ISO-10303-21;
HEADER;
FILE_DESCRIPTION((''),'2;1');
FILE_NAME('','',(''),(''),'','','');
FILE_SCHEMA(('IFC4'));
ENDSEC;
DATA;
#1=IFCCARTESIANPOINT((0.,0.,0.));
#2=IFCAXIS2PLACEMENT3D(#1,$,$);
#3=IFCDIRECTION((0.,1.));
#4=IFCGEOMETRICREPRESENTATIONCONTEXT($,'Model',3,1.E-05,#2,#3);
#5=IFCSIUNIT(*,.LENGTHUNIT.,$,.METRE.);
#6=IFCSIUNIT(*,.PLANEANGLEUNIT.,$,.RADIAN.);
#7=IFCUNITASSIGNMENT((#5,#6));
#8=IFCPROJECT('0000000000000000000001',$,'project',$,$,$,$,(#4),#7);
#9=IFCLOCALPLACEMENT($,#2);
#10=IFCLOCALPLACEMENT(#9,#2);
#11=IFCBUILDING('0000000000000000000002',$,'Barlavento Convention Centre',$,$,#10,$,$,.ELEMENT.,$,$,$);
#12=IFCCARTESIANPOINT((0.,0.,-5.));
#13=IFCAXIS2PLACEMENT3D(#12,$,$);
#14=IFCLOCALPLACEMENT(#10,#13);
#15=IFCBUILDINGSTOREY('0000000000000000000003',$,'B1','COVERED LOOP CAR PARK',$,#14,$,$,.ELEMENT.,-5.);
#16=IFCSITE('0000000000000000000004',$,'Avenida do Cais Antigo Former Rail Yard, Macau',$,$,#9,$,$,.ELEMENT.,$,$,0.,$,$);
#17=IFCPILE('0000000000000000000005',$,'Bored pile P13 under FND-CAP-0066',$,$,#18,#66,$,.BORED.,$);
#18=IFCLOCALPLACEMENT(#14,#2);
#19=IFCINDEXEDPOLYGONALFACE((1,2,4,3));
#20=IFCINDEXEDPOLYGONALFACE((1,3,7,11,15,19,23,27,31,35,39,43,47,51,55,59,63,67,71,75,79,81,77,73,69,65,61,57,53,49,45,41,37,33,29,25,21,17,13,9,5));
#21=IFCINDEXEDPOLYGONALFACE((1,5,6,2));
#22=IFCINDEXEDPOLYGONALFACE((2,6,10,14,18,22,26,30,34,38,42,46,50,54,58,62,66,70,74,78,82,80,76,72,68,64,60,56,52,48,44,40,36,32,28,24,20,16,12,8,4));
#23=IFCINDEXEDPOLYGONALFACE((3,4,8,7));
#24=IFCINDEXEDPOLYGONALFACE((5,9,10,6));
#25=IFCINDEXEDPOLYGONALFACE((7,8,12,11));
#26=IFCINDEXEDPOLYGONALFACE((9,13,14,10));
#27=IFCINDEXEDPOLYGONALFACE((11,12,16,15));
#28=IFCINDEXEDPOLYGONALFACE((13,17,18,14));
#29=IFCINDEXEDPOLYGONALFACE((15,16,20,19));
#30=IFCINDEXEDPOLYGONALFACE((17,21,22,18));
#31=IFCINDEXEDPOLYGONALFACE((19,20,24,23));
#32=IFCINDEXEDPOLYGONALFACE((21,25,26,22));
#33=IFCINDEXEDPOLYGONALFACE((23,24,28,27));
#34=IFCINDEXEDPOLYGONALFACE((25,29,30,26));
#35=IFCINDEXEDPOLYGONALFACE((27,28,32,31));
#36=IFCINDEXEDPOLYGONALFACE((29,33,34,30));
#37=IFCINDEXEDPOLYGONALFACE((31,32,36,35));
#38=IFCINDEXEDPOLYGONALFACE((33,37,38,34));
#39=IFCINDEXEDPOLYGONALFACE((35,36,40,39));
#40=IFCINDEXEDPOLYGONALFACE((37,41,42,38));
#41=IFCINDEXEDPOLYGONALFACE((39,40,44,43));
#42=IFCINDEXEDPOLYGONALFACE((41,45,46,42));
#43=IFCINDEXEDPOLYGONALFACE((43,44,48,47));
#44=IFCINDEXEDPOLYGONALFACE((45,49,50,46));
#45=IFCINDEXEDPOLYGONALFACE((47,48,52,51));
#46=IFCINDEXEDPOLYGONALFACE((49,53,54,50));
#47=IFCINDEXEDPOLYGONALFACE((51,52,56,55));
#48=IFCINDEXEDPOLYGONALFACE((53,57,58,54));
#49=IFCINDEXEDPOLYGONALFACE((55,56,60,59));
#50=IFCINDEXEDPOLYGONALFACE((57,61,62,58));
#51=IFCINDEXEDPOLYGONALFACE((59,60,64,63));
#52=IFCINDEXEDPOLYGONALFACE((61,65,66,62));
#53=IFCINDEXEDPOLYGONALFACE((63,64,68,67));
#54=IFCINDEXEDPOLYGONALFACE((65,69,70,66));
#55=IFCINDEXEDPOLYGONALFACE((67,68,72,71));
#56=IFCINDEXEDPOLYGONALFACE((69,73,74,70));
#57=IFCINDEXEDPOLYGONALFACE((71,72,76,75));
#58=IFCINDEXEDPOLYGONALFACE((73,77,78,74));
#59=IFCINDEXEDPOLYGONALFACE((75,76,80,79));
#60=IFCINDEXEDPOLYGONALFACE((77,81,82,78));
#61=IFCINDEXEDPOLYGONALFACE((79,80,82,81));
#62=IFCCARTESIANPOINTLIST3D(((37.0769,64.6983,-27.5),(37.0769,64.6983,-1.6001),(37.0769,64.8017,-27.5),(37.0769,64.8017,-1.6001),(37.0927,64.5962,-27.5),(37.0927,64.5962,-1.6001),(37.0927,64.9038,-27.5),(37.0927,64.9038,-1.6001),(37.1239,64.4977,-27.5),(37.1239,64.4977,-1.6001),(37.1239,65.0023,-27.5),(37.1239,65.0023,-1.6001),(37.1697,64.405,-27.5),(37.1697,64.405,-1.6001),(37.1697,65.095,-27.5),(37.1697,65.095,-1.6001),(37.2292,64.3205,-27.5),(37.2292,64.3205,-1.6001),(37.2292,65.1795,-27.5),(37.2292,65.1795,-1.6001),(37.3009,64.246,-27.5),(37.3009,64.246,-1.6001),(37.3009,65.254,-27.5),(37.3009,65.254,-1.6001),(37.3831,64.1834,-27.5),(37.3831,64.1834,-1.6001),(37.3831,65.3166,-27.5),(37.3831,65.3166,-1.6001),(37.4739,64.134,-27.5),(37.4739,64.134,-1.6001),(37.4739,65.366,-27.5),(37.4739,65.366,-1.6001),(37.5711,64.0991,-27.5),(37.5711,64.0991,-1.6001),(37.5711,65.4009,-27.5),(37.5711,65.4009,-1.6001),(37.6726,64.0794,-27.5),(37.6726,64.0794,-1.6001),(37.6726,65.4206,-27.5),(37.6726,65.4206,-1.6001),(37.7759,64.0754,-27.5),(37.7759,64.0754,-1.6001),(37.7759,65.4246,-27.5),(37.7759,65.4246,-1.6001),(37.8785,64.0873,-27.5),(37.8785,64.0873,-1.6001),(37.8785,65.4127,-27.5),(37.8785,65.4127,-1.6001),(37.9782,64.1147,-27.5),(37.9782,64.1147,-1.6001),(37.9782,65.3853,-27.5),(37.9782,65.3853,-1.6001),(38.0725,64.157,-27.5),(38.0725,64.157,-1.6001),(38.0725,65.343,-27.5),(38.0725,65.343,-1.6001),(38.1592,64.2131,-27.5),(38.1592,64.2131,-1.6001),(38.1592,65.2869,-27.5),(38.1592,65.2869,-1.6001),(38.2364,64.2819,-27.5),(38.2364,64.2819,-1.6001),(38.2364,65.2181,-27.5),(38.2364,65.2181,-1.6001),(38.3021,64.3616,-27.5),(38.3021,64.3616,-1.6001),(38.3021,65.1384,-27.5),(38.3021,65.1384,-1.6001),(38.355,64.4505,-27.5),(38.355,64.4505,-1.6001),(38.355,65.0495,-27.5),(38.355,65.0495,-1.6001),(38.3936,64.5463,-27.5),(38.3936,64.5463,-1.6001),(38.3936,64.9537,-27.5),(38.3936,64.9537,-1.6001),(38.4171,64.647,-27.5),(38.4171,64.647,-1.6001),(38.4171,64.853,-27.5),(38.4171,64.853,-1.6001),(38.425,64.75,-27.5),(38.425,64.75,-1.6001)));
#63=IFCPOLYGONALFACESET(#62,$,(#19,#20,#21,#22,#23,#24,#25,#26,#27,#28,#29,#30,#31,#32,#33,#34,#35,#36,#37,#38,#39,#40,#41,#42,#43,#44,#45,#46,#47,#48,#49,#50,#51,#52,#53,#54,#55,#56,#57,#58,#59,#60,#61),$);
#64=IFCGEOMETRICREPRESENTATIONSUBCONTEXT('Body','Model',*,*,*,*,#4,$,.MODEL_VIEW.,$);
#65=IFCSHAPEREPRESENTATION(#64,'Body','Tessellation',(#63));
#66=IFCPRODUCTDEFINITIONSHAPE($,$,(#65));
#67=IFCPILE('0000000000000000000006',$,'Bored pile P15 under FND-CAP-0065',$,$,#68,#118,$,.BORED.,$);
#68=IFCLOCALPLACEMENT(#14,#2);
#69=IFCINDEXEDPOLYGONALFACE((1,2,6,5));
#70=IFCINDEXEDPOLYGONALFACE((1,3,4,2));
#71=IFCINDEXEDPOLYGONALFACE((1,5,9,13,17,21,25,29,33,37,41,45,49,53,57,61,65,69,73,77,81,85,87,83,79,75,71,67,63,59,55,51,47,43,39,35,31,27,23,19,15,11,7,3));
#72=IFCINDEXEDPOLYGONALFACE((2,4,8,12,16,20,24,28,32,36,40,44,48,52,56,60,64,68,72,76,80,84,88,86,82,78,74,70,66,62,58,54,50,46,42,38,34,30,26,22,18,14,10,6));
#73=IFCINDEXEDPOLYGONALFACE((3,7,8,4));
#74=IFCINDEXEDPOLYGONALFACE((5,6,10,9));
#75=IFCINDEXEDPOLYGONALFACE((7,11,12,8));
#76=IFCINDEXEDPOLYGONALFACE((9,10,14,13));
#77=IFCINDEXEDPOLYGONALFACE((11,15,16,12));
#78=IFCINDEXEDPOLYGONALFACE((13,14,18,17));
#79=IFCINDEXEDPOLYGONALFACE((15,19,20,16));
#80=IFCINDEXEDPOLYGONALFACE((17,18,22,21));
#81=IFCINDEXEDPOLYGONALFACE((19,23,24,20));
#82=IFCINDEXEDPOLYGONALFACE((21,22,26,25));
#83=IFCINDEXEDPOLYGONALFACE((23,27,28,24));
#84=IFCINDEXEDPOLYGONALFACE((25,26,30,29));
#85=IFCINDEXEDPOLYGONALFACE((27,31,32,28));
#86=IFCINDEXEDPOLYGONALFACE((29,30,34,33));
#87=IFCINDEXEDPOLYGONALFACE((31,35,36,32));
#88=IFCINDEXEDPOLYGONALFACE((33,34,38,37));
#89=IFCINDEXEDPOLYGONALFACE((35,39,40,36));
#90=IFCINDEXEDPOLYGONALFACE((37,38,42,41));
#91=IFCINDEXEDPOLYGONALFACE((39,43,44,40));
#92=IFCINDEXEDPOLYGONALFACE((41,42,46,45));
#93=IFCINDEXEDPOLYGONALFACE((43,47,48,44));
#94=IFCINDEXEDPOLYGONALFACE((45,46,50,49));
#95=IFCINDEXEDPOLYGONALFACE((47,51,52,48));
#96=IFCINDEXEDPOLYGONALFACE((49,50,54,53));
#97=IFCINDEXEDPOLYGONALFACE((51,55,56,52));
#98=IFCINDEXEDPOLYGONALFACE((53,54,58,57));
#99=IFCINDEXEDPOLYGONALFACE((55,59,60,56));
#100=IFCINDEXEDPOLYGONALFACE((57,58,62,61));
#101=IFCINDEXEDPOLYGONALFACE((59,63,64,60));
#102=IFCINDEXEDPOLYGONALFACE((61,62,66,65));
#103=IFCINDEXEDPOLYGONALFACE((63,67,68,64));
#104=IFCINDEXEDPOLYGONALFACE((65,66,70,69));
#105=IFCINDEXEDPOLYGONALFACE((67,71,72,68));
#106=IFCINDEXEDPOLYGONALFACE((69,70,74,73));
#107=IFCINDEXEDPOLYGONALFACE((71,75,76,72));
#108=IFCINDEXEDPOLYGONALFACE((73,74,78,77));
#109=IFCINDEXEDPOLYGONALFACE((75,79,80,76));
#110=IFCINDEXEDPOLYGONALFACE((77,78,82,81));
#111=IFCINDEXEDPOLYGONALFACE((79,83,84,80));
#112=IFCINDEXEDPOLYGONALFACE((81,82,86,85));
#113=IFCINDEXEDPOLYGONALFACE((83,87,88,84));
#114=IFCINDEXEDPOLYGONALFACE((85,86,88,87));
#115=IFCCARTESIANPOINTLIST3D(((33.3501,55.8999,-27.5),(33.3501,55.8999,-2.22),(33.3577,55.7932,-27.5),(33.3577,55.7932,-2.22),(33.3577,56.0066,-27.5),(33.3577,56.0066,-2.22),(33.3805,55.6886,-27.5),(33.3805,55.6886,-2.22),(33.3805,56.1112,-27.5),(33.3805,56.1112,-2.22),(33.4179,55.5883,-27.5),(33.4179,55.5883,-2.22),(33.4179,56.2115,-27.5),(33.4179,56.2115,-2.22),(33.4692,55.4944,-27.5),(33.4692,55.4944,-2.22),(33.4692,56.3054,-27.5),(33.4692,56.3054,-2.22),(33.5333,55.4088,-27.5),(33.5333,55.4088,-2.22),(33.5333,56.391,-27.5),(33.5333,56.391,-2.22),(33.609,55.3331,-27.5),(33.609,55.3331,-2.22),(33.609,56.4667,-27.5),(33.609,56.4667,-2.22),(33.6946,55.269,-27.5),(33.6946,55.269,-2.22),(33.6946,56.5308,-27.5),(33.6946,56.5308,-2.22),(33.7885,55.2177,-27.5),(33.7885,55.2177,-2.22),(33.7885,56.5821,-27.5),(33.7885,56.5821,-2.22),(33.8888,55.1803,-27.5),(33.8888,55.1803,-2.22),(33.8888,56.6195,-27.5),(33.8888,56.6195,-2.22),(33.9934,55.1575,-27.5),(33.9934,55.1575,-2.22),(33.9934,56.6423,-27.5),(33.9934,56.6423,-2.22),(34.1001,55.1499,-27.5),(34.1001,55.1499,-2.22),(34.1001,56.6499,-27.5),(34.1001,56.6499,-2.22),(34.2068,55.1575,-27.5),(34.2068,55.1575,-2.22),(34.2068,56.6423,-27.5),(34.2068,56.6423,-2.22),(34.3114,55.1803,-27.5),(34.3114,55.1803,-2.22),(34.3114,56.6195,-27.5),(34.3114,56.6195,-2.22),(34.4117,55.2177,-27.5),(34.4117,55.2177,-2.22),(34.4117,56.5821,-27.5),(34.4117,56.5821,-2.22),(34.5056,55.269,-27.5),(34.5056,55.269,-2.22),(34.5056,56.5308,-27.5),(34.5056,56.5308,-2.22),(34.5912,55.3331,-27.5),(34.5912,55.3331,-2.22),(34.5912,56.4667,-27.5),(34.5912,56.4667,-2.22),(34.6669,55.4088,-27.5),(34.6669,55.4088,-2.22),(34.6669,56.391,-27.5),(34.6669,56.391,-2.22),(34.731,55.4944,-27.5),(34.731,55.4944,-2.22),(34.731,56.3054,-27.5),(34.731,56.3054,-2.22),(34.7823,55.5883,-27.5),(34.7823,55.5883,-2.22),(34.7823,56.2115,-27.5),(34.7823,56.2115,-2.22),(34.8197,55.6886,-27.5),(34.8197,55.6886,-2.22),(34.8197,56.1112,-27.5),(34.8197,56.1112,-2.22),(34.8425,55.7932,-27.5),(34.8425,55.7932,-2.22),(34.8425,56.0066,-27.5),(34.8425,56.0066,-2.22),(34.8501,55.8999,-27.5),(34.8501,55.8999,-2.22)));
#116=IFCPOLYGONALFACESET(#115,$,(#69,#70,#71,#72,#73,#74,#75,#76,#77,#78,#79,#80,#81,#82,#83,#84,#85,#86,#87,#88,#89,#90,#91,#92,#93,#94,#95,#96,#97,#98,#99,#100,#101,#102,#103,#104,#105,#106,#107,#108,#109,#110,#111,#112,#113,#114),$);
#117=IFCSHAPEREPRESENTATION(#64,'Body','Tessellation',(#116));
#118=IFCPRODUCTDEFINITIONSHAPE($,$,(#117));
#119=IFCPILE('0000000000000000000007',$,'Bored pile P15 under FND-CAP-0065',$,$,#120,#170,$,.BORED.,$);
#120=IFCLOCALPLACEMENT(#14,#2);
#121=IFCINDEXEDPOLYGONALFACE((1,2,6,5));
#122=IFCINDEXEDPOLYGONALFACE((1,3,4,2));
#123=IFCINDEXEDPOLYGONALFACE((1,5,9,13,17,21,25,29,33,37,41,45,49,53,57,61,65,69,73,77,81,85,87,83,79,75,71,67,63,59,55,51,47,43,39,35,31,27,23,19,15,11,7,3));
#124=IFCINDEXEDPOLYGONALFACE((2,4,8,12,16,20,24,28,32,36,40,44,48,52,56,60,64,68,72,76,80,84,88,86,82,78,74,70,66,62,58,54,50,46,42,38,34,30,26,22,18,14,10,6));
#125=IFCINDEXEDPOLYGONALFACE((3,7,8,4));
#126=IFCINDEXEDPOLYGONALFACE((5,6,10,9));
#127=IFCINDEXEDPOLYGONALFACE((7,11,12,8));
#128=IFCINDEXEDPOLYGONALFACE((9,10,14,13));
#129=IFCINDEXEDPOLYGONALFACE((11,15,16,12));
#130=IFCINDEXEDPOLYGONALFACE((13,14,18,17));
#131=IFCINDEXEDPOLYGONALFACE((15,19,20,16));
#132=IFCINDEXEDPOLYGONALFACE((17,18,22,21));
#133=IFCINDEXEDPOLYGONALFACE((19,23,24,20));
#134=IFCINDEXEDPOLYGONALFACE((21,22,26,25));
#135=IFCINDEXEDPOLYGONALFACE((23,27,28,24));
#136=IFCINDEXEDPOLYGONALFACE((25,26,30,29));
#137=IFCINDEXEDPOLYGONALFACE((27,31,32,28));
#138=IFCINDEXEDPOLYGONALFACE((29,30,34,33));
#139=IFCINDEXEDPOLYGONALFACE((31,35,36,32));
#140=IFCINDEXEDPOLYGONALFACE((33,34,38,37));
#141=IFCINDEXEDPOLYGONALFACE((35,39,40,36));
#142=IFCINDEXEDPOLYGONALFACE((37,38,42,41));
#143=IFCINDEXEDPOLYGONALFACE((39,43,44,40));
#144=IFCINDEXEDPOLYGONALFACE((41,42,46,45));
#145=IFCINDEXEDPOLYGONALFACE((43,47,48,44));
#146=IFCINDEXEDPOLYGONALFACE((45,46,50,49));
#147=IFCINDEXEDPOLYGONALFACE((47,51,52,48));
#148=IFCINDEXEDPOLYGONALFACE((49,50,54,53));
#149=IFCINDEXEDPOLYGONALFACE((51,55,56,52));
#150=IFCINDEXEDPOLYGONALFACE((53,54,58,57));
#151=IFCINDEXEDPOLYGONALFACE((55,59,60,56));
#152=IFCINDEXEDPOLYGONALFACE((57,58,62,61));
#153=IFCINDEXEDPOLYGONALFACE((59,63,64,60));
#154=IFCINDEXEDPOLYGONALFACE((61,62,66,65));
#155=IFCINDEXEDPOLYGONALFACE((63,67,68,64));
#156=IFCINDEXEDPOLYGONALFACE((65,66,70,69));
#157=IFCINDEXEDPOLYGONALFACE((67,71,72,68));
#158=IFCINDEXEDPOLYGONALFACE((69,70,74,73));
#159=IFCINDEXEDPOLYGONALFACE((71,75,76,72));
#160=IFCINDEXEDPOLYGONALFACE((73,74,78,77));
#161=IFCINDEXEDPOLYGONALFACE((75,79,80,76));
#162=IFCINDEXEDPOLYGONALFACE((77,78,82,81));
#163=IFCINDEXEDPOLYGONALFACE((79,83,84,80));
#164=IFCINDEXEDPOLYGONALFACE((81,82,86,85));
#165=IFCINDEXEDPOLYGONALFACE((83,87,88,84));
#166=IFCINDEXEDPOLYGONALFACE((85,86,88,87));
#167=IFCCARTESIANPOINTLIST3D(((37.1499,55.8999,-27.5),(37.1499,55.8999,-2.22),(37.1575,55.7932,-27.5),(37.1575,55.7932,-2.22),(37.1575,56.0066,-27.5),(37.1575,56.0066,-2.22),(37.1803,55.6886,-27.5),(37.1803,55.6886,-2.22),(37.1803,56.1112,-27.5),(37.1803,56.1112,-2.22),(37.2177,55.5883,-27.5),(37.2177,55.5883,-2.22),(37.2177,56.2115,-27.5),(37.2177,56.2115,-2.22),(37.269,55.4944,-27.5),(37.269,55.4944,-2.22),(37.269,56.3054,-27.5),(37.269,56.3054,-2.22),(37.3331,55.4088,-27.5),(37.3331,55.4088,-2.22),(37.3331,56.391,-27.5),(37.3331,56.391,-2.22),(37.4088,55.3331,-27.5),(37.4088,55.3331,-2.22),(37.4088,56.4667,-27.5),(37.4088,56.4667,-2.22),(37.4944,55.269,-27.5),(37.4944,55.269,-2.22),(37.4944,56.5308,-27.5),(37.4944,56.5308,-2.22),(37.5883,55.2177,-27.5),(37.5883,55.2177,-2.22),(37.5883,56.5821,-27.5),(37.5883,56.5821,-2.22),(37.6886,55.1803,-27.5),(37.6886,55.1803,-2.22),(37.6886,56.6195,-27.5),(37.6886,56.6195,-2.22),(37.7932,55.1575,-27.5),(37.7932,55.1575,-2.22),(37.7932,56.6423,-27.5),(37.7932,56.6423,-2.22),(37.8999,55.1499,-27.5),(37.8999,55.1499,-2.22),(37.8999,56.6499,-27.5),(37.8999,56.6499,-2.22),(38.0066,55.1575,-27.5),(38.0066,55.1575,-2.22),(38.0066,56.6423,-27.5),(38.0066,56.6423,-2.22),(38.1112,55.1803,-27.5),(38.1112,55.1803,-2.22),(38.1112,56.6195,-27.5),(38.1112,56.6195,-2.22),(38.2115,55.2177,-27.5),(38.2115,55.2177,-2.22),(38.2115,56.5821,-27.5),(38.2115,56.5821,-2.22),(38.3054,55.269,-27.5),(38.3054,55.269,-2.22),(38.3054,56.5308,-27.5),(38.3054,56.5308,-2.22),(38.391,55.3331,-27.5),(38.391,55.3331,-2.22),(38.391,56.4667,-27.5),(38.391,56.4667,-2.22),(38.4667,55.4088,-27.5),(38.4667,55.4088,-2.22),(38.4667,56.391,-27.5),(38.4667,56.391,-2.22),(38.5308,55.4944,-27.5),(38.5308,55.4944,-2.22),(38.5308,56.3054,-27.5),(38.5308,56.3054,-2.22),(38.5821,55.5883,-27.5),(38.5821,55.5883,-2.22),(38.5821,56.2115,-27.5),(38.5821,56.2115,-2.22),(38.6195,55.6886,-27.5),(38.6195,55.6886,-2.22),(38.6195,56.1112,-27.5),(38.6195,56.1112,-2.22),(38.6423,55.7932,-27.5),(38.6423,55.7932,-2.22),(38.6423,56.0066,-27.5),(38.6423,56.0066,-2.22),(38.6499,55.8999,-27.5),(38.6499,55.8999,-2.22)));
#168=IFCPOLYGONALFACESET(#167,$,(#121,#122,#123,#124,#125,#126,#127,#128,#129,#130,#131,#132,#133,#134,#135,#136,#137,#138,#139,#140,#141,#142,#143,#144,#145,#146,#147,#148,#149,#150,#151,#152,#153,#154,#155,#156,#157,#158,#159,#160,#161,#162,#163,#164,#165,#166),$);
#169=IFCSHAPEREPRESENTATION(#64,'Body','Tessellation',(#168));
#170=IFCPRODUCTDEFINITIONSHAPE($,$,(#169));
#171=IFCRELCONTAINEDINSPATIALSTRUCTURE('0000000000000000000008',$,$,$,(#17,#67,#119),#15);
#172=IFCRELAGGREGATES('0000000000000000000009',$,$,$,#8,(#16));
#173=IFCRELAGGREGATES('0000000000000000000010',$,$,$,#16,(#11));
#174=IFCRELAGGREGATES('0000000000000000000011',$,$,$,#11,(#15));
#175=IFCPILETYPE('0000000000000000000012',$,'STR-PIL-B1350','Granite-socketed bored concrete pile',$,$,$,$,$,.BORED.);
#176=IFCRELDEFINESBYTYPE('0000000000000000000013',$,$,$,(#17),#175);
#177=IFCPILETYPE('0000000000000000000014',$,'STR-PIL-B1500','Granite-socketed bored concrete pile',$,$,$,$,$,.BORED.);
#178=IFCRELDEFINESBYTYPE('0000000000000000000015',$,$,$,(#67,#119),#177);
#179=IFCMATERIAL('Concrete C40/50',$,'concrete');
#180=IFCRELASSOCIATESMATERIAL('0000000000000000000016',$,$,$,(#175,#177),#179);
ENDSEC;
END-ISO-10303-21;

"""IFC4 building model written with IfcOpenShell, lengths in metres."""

from ifc_helpers import new_model, si_unit, direction, frame, origin, origin_2d, place, context, subcontext, project, spatial, circle, extrude, material, material_profile, profile_set, type_object, element, save


model = new_model("IFC4")

# Units and contexts
model_context = context("Model", 3, precision=1e-05, world=origin(), true_north=direction((0.0, 1.0)))
body_context = subcontext(model_context, "Body", "Model", "MODEL_VIEW")
ifc_project = project(units=[si_unit("LENGTHUNIT", "METRE"), si_unit("PLANEANGLEUNIT", "RADIAN")], contexts=[model_context])

# Site, building, storey
site_placement = place(None, origin())
site = spatial("IfcSite", under=ifc_project, at=site_placement, Name="Avenida do Cais Antigo Former Rail Yard, Macau", CompositionType="ELEMENT", RefElevation=0.0)
building_placement = place(site_placement, origin())
building = spatial("IfcBuilding", under=site, at=building_placement, Name="Barlavento Convention Centre", CompositionType="ELEMENT")
storey_placement = place(building_placement, frame((0.0, 0.0, -5.0)))
storey = spatial("IfcBuildingStorey", under=building, at=storey_placement, Name="B1", Description="COVERED LOOP CAR PARK", CompositionType="ELEMENT", Elevation=-5.0)

# Shared definitions
ifc_material_1 = material(Name="Concrete C40/50", Category="concrete")

# Piles
ifc_material_profile_1 = material_profile(ifc_material_1, circle(Radius=0.675, at=origin_2d()), Name="BORED PILE 1350")
ifc_profile_set_1 = profile_set([ifc_material_profile_1], Name="Concrete C40/50")
pile_type_1 = type_object("IfcPileType", Name="STR-PIL-B1350", Description="Granite-socketed bored concrete pile", PredefinedType="BORED", material=ifc_profile_set_1)
for number, where, z_axis, x_axis, name in (
    (1, (37.75, 64.75, -1.6001), (0.0, 0.0, -1.0), (1.0, 0.0, 0.0), "Bored pile P13 under FND-CAP-0066"),
):
    element("IfcPile", number, at=place(storey_placement, frame(where, z_axis=z_axis, x_axis=x_axis)), inside=storey, type_object=pile_type_1, Name=name, PredefinedType="BORED", context=body_context, shape_type="SweptSolid", body=[
        extrude(circle(Radius=0.675, at=origin_2d()), origin(), (0.0, 0.0, 1.0), 25.8999),
    ])
ifc_material_profile_2 = material_profile(ifc_material_1, circle(Radius=0.75, at=origin_2d()), Name="BORED PILE 1500")
ifc_profile_set_2 = profile_set([ifc_material_profile_2], Name="Concrete C40/50")
pile_type_2 = type_object("IfcPileType", Name="STR-PIL-B1500", Description="Granite-socketed bored concrete pile", PredefinedType="BORED", material=ifc_profile_set_2)
for number, where, z_axis, x_axis, name in (
    (2, (34.1001, 55.8999, -2.22), (0.0, 0.0, -1.0), (1.0, 0.0, 0.0), "Bored pile P15 under FND-CAP-0065"),
    (3, (37.8999, 55.8999, -2.22), (0.0, 0.0, -1.0), (1.0, 0.0, 0.0), "Bored pile P15 under FND-CAP-0065"),
):
    element("IfcPile", number, at=place(storey_placement, frame(where, z_axis=z_axis, x_axis=x_axis)), inside=storey, type_object=pile_type_2, Name=name, PredefinedType="BORED", context=body_context, shape_type="SweptSolid", body=[
        extrude(circle(Radius=0.75, at=origin_2d()), origin(), (0.0, 0.0, 1.0), 25.28),
    ])

save(model, "model.ifc")
